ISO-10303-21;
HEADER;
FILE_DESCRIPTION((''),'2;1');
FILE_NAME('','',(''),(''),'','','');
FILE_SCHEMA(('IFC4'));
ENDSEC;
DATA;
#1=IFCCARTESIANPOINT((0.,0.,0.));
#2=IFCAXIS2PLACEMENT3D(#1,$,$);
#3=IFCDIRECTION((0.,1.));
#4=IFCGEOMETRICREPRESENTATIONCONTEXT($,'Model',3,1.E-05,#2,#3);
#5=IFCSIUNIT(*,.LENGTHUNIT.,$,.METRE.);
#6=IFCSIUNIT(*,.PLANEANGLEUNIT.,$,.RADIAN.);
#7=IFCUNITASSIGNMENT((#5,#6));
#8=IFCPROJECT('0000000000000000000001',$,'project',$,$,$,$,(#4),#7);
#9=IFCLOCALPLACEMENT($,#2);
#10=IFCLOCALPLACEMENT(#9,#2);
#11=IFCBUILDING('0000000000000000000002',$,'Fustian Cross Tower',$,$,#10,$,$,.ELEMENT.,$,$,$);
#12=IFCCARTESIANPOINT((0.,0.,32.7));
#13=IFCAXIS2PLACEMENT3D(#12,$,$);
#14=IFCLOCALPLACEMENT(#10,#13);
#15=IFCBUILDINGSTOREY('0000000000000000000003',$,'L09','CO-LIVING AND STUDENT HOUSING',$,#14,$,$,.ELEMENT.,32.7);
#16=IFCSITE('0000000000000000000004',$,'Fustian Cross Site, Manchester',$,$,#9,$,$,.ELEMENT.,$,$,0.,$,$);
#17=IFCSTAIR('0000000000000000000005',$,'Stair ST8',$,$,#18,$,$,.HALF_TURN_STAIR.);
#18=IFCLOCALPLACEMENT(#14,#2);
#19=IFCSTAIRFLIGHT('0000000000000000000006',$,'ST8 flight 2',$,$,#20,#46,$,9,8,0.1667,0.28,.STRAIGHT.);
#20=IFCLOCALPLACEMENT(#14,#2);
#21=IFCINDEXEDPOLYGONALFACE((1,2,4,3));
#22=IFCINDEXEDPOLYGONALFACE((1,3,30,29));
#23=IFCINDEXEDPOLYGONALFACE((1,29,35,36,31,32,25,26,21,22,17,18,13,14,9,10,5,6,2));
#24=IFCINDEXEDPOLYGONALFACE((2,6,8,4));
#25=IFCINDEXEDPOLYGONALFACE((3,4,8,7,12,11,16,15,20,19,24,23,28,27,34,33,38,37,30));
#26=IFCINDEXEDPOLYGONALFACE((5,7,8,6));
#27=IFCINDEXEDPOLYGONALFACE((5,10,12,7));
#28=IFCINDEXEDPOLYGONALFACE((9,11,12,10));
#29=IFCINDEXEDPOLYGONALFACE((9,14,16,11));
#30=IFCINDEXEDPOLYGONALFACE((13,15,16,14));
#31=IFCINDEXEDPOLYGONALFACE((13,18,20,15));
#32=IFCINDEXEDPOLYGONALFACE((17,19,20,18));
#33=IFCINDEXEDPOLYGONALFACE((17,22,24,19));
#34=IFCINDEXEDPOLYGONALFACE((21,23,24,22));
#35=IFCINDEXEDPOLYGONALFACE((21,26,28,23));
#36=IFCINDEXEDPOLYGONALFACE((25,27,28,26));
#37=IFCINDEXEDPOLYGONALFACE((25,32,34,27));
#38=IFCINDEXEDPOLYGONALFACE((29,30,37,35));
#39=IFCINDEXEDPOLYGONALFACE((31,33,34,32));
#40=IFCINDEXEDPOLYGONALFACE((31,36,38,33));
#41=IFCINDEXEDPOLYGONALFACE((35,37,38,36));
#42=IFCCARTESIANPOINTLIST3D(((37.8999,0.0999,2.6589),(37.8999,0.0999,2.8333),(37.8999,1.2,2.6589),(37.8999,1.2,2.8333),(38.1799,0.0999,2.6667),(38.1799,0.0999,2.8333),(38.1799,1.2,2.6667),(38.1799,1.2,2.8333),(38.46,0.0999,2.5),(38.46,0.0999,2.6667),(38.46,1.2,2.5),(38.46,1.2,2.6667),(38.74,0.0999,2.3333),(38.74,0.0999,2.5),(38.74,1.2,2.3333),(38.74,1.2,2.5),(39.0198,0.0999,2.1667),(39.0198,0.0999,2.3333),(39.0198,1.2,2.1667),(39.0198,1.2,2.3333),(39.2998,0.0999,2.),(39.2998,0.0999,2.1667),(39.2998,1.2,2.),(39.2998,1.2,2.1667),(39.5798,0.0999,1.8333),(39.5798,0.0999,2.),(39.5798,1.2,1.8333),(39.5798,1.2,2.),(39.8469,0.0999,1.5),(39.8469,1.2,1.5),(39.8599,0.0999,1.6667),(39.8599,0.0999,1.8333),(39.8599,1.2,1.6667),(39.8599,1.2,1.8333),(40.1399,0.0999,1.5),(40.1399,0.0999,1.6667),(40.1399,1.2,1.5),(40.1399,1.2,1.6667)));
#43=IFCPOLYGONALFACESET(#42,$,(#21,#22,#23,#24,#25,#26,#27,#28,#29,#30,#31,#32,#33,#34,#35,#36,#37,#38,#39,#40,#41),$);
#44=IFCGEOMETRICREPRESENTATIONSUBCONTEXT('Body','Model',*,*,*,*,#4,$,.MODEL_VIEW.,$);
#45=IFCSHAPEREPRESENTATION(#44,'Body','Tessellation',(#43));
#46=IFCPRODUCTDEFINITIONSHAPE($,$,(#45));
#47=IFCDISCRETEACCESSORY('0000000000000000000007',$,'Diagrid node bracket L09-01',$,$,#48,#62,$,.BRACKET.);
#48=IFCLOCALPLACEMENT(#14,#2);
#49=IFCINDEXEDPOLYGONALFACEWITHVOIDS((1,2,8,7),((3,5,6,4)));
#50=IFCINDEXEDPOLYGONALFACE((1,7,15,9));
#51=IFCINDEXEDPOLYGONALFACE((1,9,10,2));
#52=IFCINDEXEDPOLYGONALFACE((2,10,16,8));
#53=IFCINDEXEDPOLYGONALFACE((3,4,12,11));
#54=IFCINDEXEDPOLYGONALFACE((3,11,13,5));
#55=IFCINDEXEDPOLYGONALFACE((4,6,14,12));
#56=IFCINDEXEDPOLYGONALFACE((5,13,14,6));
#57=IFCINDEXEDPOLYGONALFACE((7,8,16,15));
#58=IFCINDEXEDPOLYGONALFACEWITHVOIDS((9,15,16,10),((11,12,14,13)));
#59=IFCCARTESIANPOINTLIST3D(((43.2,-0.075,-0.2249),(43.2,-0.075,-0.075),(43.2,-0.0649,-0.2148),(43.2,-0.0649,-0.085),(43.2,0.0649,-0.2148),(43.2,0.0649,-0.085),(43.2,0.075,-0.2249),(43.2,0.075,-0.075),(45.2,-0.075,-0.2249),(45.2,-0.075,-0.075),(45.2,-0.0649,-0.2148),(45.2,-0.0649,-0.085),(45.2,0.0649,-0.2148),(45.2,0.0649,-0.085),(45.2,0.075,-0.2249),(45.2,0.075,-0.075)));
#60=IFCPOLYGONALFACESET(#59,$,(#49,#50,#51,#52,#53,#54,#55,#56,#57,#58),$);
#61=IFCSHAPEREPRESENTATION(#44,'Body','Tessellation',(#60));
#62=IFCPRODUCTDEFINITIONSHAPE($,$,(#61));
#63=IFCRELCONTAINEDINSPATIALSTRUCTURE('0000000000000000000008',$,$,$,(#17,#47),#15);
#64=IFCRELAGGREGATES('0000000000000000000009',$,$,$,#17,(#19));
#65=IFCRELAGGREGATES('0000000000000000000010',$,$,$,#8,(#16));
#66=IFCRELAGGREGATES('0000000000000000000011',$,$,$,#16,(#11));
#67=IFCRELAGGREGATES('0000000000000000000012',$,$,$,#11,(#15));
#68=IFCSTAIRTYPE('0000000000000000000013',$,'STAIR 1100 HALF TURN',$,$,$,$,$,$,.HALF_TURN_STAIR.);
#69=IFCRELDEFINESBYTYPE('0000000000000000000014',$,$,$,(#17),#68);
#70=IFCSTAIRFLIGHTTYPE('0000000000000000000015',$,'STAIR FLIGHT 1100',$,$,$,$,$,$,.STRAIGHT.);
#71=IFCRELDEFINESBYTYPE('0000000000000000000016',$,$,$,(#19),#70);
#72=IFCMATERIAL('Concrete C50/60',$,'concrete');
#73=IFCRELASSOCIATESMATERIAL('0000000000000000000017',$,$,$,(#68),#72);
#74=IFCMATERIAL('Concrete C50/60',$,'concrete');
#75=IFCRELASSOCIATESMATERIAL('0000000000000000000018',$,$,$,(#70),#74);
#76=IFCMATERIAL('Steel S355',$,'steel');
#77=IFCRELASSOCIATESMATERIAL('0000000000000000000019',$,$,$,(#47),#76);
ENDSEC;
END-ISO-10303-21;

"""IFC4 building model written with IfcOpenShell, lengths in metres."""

from ifc_helpers import new_model, si_unit, direction, frame, origin, origin_2d, place, context, subcontext, project, spatial, polyline, hollow_rectangle, outline, extrude, material, type_object, element, aggregate, save


model = new_model("IFC4")

# Units and contexts
model_context = context("Model", 3, precision=1e-05, world=origin(), true_north=direction((0.0, 1.0)))
body_context = subcontext(model_context, "Body", "Model", "MODEL_VIEW")
ifc_project = project(units=[si_unit("LENGTHUNIT", "METRE"), si_unit("PLANEANGLEUNIT", "RADIAN")], contexts=[model_context])

# Site, building, storey
site_placement = place(None, origin())
site = spatial("IfcSite", under=ifc_project, at=site_placement, Name="Fustian Cross Site, Manchester", CompositionType="ELEMENT", RefElevation=0.0)
building_placement = place(site_placement, origin())
building = spatial("IfcBuilding", under=site, at=building_placement, Name="Fustian Cross Tower", CompositionType="ELEMENT")
storey_placement = place(building_placement, frame((0.0, 0.0, 32.7)))
storey = spatial("IfcBuildingStorey", under=building, at=storey_placement, Name="L09", Description="CO-LIVING AND STUDENT HOUSING", CompositionType="ELEMENT", Elevation=32.7)

# Stair, stair flight
ifc_material_1 = material(Name="Concrete C50/60", Category="concrete")
stair_type = type_object("IfcStairType", Name="STAIR 1100 HALF TURN", PredefinedType="HALF_TURN_STAIR", material=ifc_material_1)
stair_placement = place(storey_placement, origin())
stair = element("IfcStair", 1, at=stair_placement, inside=storey, type_object=stair_type, Name="Stair ST8", PredefinedType="HALF_TURN_STAIR")
ifc_material_2 = material(Name="Concrete C50/60", Category="concrete")
stair_flight_type = type_object("IfcStairFlightType", Name="STAIR FLIGHT 1100", PredefinedType="STRAIGHT", material=ifc_material_2)
stair_flight_placement = place(storey_placement, frame((40.1399, 0.6499, 1.5), z_axis=(0.0, 0.0, 1.0), x_axis=(-1.0, 0.0, 0.0)))
stair_flight = element("IfcStairFlight", 2, at=stair_flight_placement, type_object=stair_flight_type, Name="ST8 flight 2", NumberOfRisers=9, NumberOfTreads=8, PredefinedType="STRAIGHT", RiserHeight=0.1667, TreadLength=0.28, context=body_context, shape_type="SweptSolid", body=[
    extrude(outline(polyline([(0.0, 0.0), (0.0, 0.1667), (0.28, 0.1667), (0.28, 0.3333), (0.5601, 0.3333), (0.5601, 0.5), (0.8401, 0.5), (0.8401, 0.6667), (1.1201, 0.6667), (1.1201, 0.8333), (1.3999, 0.8333), (1.3999, 1.0), (1.6799, 1.0), (1.6799, 1.1667), (1.96, 1.1667), (1.96, 1.3333), (2.24, 1.3333), (2.24, 1.5), (2.24, 1.1589), (0.293, 0.0), (0.0, 0.0)])), frame((0.0, 0.55, 0.0), z_axis=(0.0, -1.0, 0.0), x_axis=(1.0, 0.0, 0.0)), (0.0, 0.0, 1.0), 1.1001),
])
aggregate(stair, [stair_flight])

# Discrete accessory
ifc_material_3 = material(Name="Steel S355", Category="steel")
discrete_accessory_placement = place(storey_placement, frame((45.2, 0.0, -0.1499), z_axis=(-1.0, 0.0, 0.0), x_axis=(0.0, -1.0, 0.0)))
element("IfcDiscreteAccessory", 3, at=discrete_accessory_placement, inside=storey, material=ifc_material_3, Name="Diagrid node bracket L09-01", PredefinedType="BRACKET", context=body_context, shape_type="SweptSolid", body=[
    extrude(hollow_rectangle(XDim=0.1499, YDim=0.1499, WallThickness=0.01, at=origin_2d()), origin(), (0.0, 0.0, 1.0), 2.0),
])

save(model, "model.ifc")
